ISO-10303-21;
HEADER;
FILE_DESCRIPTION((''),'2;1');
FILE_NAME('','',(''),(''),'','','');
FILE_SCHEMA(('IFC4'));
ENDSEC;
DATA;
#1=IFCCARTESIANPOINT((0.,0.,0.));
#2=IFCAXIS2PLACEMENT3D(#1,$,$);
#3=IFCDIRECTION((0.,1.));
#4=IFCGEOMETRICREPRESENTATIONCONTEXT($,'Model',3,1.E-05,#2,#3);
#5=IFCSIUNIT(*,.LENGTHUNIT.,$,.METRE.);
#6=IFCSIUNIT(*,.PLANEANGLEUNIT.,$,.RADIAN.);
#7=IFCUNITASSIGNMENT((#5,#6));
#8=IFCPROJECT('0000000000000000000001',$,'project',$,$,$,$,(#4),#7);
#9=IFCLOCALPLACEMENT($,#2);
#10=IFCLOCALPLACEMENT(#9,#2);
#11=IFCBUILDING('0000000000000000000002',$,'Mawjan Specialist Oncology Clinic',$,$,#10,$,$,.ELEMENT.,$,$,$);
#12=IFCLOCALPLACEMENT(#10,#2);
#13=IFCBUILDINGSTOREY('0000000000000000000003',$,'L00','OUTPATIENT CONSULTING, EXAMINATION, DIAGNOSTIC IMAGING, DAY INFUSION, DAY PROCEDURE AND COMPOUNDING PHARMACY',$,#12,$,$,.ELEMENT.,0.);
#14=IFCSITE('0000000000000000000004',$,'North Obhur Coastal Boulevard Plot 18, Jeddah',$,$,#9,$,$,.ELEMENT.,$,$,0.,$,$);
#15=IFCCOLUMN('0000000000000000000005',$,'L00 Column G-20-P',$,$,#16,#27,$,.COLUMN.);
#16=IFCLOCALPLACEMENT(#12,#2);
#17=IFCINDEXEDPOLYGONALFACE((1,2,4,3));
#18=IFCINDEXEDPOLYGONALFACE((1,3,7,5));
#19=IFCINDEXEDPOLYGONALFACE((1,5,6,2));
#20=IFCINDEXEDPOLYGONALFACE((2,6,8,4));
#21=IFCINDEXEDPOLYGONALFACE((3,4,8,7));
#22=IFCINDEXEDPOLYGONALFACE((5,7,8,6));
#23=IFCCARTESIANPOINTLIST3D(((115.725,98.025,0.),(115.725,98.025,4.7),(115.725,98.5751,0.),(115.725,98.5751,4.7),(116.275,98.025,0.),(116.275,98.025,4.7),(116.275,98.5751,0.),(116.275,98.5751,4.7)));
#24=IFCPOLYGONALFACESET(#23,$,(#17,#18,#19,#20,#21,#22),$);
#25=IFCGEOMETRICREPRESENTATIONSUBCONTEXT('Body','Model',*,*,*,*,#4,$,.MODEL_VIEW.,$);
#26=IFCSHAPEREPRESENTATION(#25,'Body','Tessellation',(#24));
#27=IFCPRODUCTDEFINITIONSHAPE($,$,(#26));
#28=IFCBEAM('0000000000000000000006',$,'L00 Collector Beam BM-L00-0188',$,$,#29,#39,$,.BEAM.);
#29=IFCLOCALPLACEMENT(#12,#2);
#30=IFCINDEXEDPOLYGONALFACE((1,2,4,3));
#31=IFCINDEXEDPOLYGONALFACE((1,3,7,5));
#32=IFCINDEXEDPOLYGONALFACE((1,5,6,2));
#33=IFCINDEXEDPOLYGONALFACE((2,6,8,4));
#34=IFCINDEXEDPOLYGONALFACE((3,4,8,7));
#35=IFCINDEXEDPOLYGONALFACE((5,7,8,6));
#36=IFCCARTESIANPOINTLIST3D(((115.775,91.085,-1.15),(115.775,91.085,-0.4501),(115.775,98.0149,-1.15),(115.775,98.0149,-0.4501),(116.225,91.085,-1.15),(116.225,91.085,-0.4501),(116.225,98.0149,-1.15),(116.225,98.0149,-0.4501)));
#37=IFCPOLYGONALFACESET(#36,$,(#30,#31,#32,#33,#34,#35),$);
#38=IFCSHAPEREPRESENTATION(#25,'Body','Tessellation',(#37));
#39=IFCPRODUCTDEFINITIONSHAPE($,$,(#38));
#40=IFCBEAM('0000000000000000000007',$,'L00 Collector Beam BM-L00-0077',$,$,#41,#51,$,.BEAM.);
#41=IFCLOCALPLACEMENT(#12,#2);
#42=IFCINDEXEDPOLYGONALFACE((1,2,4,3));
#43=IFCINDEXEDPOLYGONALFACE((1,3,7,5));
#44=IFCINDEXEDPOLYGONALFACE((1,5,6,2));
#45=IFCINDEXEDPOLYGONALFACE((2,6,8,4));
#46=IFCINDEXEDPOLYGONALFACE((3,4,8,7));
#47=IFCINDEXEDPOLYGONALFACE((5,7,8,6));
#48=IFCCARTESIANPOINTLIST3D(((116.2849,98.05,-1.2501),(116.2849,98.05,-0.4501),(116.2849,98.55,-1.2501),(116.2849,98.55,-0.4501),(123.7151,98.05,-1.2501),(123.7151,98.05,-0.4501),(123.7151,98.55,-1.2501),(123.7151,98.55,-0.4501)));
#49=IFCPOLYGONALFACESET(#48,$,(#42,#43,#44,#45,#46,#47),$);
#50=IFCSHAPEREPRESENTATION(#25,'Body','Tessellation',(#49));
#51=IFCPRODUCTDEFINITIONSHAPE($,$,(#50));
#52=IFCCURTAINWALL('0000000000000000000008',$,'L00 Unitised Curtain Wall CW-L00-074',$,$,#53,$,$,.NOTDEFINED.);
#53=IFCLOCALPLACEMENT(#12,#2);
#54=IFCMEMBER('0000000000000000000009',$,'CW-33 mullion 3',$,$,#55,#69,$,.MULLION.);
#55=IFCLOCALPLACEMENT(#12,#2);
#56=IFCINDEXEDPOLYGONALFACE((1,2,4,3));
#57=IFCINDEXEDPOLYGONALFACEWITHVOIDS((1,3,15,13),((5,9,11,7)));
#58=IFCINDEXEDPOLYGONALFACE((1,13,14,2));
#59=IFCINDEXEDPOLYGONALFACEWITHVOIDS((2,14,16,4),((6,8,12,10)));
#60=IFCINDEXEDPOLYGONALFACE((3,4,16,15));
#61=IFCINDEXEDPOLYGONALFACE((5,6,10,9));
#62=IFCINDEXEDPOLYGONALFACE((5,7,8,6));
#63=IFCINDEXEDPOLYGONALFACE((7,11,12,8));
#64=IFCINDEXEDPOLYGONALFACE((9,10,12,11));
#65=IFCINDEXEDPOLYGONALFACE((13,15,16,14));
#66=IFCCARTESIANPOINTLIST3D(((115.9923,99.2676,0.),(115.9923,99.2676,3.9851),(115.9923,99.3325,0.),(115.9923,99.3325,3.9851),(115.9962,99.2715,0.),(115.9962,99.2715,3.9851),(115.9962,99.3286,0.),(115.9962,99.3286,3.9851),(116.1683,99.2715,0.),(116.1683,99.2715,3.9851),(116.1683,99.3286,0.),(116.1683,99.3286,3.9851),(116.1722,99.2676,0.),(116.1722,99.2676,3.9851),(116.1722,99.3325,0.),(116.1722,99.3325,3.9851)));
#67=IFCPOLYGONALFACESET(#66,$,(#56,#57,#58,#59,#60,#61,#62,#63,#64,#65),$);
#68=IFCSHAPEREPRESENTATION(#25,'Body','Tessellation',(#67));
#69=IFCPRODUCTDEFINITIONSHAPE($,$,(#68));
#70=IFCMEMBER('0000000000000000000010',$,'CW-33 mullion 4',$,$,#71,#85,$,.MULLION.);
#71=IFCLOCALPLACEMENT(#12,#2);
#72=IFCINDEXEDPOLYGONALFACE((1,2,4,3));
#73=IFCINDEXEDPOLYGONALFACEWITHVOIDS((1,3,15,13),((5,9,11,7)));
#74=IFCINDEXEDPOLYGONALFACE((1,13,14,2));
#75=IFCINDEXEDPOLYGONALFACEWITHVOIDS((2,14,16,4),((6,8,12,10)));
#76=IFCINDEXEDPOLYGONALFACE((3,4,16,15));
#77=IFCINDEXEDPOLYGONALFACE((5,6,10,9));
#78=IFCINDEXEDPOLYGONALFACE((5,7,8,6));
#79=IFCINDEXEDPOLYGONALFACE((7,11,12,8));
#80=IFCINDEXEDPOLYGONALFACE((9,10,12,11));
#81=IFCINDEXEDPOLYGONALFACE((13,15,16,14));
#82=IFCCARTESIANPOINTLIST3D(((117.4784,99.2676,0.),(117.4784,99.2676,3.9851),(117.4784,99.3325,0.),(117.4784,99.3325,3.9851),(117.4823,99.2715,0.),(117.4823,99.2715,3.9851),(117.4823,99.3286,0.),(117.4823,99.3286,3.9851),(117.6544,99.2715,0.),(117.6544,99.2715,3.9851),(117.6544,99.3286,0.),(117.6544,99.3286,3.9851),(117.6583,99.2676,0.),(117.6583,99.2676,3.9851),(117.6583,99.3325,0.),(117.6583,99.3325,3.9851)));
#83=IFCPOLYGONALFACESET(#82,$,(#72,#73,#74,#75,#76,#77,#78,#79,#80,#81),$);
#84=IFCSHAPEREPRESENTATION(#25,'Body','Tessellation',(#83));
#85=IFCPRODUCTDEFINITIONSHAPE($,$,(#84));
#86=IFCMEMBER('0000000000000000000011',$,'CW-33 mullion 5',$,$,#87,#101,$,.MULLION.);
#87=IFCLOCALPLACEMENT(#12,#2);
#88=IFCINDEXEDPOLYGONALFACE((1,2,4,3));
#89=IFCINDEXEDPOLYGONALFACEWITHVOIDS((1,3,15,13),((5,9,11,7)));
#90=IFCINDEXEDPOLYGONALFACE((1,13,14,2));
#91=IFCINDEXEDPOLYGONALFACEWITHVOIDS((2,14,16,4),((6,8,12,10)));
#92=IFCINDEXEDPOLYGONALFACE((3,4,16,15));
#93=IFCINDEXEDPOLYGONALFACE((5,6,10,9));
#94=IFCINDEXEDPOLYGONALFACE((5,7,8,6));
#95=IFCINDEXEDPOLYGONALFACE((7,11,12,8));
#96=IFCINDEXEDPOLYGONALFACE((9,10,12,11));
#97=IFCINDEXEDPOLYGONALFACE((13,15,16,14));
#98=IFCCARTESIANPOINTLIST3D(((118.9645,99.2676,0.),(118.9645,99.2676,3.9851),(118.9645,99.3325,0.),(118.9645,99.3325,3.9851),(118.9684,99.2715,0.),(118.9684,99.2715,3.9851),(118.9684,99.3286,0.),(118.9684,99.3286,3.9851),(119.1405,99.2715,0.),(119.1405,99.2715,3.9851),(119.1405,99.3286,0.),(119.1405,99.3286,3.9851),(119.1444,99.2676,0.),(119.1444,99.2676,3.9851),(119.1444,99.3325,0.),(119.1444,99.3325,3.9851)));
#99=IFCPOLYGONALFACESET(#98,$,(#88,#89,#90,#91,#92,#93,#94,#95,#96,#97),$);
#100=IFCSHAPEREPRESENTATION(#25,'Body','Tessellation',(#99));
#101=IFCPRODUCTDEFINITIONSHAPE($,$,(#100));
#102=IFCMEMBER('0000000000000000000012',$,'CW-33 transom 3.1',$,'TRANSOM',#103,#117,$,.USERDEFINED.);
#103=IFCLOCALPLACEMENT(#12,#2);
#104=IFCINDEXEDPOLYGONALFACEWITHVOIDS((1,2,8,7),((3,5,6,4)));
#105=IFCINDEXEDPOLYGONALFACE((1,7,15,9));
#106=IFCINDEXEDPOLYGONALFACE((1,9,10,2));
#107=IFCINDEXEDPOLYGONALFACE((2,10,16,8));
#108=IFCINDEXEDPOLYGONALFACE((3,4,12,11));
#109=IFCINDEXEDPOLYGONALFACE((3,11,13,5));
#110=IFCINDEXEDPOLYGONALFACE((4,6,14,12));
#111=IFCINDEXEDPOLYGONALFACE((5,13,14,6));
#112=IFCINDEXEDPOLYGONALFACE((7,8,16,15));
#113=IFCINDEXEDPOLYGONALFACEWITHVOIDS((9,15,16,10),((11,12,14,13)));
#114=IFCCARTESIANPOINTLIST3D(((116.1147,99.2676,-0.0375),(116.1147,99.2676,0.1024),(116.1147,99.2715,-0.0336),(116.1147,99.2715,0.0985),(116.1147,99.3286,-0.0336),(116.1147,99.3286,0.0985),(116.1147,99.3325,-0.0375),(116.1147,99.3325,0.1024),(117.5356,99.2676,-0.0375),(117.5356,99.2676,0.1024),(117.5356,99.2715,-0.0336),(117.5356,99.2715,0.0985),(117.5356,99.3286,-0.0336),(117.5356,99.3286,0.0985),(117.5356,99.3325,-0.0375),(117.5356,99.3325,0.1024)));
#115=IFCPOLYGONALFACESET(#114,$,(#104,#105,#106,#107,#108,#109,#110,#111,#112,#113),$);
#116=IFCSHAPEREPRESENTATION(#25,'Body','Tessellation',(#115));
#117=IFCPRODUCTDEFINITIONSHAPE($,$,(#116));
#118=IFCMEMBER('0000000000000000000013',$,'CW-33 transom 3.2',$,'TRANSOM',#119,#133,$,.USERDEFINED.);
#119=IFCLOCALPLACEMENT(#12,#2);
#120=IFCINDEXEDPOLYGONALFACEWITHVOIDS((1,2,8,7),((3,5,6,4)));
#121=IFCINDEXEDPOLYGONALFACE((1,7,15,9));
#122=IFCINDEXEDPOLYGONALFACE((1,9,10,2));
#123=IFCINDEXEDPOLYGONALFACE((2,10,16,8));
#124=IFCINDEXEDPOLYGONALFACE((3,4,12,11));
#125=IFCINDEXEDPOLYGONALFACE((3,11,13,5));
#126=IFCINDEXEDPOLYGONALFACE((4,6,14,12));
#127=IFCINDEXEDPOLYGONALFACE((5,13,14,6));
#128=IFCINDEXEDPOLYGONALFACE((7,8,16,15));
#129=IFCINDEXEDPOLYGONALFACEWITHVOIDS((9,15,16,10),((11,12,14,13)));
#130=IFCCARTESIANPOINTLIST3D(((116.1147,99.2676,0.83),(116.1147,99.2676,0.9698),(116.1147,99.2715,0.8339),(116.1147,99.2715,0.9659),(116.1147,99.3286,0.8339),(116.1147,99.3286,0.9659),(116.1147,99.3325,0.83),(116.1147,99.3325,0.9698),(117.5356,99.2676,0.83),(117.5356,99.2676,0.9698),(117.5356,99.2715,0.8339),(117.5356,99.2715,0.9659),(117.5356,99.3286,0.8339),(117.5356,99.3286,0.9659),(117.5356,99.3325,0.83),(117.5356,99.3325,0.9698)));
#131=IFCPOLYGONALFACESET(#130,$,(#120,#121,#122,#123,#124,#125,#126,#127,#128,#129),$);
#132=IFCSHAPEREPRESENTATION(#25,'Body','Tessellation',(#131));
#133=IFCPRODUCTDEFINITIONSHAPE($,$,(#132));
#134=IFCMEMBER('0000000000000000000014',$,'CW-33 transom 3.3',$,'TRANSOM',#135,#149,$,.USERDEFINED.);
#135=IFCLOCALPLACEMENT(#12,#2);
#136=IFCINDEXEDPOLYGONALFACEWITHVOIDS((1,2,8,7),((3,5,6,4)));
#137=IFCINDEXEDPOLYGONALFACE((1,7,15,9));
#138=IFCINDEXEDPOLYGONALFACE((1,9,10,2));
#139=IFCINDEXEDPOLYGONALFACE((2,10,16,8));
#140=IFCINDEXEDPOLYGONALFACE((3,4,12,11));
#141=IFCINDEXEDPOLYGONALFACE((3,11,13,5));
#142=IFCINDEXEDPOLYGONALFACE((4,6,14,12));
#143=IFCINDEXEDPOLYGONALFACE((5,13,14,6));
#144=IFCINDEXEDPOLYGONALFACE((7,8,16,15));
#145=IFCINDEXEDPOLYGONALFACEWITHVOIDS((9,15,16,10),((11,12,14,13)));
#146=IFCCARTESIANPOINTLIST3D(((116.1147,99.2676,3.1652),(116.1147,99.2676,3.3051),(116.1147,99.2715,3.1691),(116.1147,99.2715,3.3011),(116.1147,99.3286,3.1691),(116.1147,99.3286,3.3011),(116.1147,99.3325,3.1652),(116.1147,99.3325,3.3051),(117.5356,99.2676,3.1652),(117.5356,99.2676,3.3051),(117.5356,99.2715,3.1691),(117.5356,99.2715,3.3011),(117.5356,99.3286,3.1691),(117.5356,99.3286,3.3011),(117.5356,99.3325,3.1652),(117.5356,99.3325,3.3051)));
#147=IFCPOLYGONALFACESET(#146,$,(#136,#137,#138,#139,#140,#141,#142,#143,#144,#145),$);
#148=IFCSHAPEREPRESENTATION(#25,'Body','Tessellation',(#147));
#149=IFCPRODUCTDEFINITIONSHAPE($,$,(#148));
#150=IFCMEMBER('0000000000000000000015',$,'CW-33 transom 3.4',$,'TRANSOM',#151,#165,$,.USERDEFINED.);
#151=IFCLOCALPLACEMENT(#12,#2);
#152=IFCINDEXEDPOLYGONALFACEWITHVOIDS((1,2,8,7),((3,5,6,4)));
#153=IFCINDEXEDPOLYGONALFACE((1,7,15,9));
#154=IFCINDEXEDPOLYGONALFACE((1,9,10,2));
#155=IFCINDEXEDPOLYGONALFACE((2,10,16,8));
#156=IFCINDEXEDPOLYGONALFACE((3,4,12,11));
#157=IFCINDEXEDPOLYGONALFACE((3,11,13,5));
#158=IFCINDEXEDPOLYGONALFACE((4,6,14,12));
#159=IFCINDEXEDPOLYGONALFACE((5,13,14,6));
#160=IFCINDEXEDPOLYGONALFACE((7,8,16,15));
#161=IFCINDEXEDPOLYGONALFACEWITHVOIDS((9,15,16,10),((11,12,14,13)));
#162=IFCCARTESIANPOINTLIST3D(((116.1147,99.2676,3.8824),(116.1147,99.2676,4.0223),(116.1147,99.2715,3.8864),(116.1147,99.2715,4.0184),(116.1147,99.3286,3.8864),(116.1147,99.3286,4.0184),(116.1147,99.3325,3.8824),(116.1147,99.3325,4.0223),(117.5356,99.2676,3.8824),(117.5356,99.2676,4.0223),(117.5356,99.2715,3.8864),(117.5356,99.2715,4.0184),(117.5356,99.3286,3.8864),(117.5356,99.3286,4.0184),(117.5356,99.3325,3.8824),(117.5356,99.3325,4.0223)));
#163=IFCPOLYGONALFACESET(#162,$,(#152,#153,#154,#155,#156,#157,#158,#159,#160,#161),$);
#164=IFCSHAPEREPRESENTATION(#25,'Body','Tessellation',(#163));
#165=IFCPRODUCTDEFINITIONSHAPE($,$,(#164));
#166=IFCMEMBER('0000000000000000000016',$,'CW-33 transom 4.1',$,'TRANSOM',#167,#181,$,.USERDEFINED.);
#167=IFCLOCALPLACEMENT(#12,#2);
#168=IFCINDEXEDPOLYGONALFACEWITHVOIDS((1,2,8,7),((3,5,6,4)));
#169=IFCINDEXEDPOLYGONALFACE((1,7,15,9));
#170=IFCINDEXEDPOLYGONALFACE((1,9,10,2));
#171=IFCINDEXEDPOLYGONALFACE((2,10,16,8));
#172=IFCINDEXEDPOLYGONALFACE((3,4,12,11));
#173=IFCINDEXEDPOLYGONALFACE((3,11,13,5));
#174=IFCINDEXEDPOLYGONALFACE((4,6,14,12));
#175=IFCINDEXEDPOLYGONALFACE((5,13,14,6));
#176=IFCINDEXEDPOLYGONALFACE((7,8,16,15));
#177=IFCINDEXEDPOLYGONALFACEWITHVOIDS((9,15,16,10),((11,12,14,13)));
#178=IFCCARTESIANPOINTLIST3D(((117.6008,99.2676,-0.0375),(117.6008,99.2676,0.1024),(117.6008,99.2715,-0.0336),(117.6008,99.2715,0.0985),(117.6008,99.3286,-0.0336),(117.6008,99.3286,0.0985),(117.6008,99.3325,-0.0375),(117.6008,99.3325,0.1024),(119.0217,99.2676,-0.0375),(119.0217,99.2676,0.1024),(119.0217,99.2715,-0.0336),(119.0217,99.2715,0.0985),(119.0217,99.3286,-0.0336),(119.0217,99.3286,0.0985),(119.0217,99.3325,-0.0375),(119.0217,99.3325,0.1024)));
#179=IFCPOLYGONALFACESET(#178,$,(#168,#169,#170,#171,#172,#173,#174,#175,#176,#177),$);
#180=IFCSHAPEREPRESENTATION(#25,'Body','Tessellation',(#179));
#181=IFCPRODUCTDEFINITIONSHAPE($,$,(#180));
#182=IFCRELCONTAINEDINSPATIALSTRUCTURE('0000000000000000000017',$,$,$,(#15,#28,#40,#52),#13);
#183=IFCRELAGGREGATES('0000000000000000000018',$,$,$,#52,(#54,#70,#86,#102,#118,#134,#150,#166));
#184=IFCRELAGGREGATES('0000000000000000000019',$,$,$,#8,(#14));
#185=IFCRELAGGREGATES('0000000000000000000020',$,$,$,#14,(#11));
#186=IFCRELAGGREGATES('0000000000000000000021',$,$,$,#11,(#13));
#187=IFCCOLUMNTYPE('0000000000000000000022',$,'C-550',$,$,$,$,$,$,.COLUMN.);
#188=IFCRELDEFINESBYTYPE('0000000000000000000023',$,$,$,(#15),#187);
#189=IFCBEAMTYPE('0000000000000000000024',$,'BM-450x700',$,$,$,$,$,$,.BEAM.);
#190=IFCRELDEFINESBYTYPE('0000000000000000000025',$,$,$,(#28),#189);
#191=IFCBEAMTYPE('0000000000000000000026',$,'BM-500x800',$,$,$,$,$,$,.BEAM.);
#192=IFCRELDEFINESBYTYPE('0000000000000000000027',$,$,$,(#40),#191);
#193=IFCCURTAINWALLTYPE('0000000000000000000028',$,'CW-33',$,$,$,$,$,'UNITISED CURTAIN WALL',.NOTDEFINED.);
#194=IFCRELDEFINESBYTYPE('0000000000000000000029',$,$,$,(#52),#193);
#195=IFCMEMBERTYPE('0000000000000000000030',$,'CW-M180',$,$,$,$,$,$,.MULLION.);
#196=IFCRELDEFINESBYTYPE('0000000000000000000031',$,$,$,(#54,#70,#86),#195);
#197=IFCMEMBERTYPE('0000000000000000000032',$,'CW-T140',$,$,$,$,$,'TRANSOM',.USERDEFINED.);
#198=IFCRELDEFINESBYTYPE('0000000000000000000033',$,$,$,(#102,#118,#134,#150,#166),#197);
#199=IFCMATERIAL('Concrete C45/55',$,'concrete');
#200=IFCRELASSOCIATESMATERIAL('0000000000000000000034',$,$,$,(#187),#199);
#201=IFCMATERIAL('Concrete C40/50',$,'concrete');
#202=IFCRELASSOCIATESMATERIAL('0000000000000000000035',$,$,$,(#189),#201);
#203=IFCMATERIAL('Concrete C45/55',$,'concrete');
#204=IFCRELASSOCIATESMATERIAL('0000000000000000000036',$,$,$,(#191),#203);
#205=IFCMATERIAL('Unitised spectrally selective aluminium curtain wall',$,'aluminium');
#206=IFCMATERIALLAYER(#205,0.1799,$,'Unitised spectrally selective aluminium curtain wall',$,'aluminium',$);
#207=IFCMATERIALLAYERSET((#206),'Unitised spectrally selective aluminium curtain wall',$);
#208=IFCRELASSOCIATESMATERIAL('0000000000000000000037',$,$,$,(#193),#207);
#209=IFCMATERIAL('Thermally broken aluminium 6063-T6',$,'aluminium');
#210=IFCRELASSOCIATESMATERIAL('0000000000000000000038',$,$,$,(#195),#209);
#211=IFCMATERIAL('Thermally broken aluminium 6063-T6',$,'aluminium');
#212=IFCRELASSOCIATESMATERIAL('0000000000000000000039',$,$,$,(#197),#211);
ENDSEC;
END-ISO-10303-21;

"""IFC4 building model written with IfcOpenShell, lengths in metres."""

from ifc_helpers import new_model, si_unit, direction, frame, origin, origin_2d, place, context, subcontext, project, spatial, rectangle, hollow_rectangle, extrude, material, layer, layer_set, material_profile, profile_set, type_object, element, aggregate, save


model = new_model("IFC4")

# Units and contexts
model_context = context("Model", 3, precision=1e-05, world=origin(), true_north=direction((0.0, 1.0)))
body_context = subcontext(model_context, "Body", "Model", "MODEL_VIEW")
ifc_project = project(units=[si_unit("LENGTHUNIT", "METRE"), si_unit("PLANEANGLEUNIT", "RADIAN")], contexts=[model_context])

# Site, building, storey
site_placement = place(None, origin())
site = spatial("IfcSite", under=ifc_project, at=site_placement, Name="North Obhur Coastal Boulevard Plot 18, Jeddah", CompositionType="ELEMENT", RefElevation=0.0)
building_placement = place(site_placement, origin())
building = spatial("IfcBuilding", under=site, at=building_placement, Name="Mawjan Specialist Oncology Clinic", CompositionType="ELEMENT")
storey_placement = place(building_placement, origin())
storey = spatial("IfcBuildingStorey", under=building, at=storey_placement, Name="L00", Description="OUTPATIENT CONSULTING, EXAMINATION, DIAGNOSTIC IMAGING, DAY INFUSION, DAY PROCEDURE AND COMPOUNDING PHARMACY", CompositionType="ELEMENT", Elevation=0.0)

# Column
ifc_material_1 = material(Name="Concrete C45/55", Category="concrete")
ifc_material_profile_1 = material_profile(ifc_material_1, rectangle(XDim=0.55, YDim=0.55, at=origin_2d()), Name="RC COL 550x550", Category="concrete")
ifc_profile_set_1 = profile_set([ifc_material_profile_1], Name="Concrete C45/55")
column_type = type_object("IfcColumnType", Name="C-550", PredefinedType="COLUMN", material=ifc_profile_set_1)
column_placement = place(storey_placement, frame((116.0, 98.3, 0.0), z_axis=(0.0, 0.0, 1.0), x_axis=(1.0, 0.0, 0.0)))
element("IfcColumn", 1, at=column_placement, inside=storey, type_object=column_type, Name="L00 Column G-20-P", PredefinedType="COLUMN", context=body_context, shape_type="SweptSolid", body=[
    extrude(rectangle(XDim=0.55, YDim=0.55, at=origin_2d()), origin(), (0.0, 0.0, 1.0), 4.7),
])

# Beams
ifc_material_2 = material(Name="Concrete C40/50", Category="concrete")
ifc_material_profile_2 = material_profile(ifc_material_2, rectangle(XDim=0.45, YDim=0.7, at=origin_2d()), Name="RC BM 450x700", Category="concrete")
ifc_profile_set_2 = profile_set([ifc_material_profile_2], Name="Concrete C40/50")
beam_type_1 = type_object("IfcBeamType", Name="BM-450x700", PredefinedType="BEAM", material=ifc_profile_set_2)
beam_1_placement = place(storey_placement, frame((116.0, 91.085, -0.8), z_axis=(0.0, 1.0, 0.0), x_axis=(-1.0, 0.0, 0.0)))
element("IfcBeam", 2, at=beam_1_placement, inside=storey, type_object=beam_type_1, Name="L00 Collector Beam BM-L00-0188", PredefinedType="BEAM", context=body_context, shape_type="SweptSolid", body=[
    extrude(rectangle(XDim=0.45, YDim=0.7, at=origin_2d()), origin(), (0.0, 0.0, 1.0), 6.9299),
])
ifc_material_3 = material(Name="Concrete C45/55", Category="concrete")
ifc_material_profile_3 = material_profile(ifc_material_3, rectangle(XDim=0.5, YDim=0.8, at=origin_2d()), Name="RC BM 500x800", Category="concrete")
ifc_profile_set_3 = profile_set([ifc_material_profile_3], Name="Concrete C45/55")
beam_type_2 = type_object("IfcBeamType", Name="BM-500x800", PredefinedType="BEAM", material=ifc_profile_set_3)
beam_2_placement = place(storey_placement, frame((116.2849, 98.3, -0.8501), z_axis=(1.0, 0.0, 0.0), x_axis=(0.0, 1.0, 0.0)))
element("IfcBeam", 3, at=beam_2_placement, inside=storey, type_object=beam_type_2, Name="L00 Collector Beam BM-L00-0077", PredefinedType="BEAM", context=body_context, shape_type="SweptSolid", body=[
    extrude(rectangle(XDim=0.5, YDim=0.8, at=origin_2d()), origin(), (0.0, 0.0, 1.0), 7.4302),
])

# Curtain wall, members
ifc_material_4 = material(Name="Unitised spectrally selective aluminium curtain wall", Category="aluminium")
ifc_layer_1 = layer(ifc_material_4, 0.1799, Name="Unitised spectrally selective aluminium curtain wall", Category="aluminium")
ifc_layer_set_1 = layer_set([ifc_layer_1], Name="Unitised spectrally selective aluminium curtain wall")
curtain_wall_type = type_object("IfcCurtainWallType", Name="CW-33", ElementType="UNITISED CURTAIN WALL", PredefinedType="NOTDEFINED", material=ifc_layer_set_1)
curtain_wall_placement = place(storey_placement, origin())
curtain_wall = element("IfcCurtainWall", 4, at=curtain_wall_placement, inside=storey, type_object=curtain_wall_type, Name="L00 Unitised Curtain Wall CW-L00-074", PredefinedType="NOTDEFINED")
ifc_material_5 = material(Name="Thermally broken aluminium 6063-T6", Category="aluminium")
ifc_material_profile_4 = material_profile(ifc_material_5, hollow_rectangle(XDim=0.0649, YDim=0.1799, WallThickness=0.0039, at=origin_2d()), Name="ALU MULLION 180x65x4", Category="aluminium")
ifc_profile_set_4 = profile_set([ifc_material_profile_4], Name="Thermally broken aluminium 6063-T6")
member_type_1 = type_object("IfcMemberType", Name="CW-M180", PredefinedType="MULLION", material=ifc_profile_set_4)
member_1_placement = place(storey_placement, frame((116.0823, 99.3, 0.0), z_axis=(0.0, 0.0, 1.0), x_axis=(0.0, 1.0, 0.0)))
member_1 = element("IfcMember", 5, at=member_1_placement, type_object=member_type_1, Name="CW-33 mullion 3", PredefinedType="MULLION", context=body_context, shape_type="SweptSolid", body=[
    extrude(hollow_rectangle(XDim=0.0649, YDim=0.1799, WallThickness=0.0039, at=origin_2d()), origin(), (0.0, 0.0, 1.0), 3.9851),
])
member_2_placement = place(storey_placement, frame((117.5684, 99.3, 0.0), z_axis=(0.0, 0.0, 1.0), x_axis=(0.0, 1.0, 0.0)))
member_2 = element("IfcMember", 6, at=member_2_placement, type_object=member_type_1, Name="CW-33 mullion 4", PredefinedType="MULLION", context=body_context, shape_type="SweptSolid", body=[
    extrude(hollow_rectangle(XDim=0.0649, YDim=0.1799, WallThickness=0.0039, at=origin_2d()), origin(), (0.0, 0.0, 1.0), 3.9851),
])
member_3_placement = place(storey_placement, frame((119.0544, 99.3, 0.0), z_axis=(0.0, 0.0, 1.0), x_axis=(0.0, 1.0, 0.0)))
member_3 = element("IfcMember", 7, at=member_3_placement, type_object=member_type_1, Name="CW-33 mullion 5", PredefinedType="MULLION", context=body_context, shape_type="SweptSolid", body=[
    extrude(hollow_rectangle(XDim=0.0649, YDim=0.1799, WallThickness=0.0039, at=origin_2d()), origin(), (0.0, 0.0, 1.0), 3.9851),
])
ifc_material_6 = material(Name="Thermally broken aluminium 6063-T6", Category="aluminium")
ifc_material_profile_5 = material_profile(ifc_material_6, hollow_rectangle(XDim=0.0649, YDim=0.1399, WallThickness=0.0039, at=origin_2d()), Name="ALU TRANSOM 140x65x4", Category="aluminium")
ifc_profile_set_5 = profile_set([ifc_material_profile_5], Name="Thermally broken aluminium 6063-T6")
member_type_2 = type_object("IfcMemberType", Name="CW-T140", ElementType="TRANSOM", PredefinedType="USERDEFINED", material=ifc_profile_set_5)
member_4_placement = place(storey_placement, frame((116.1147, 99.3, 0.0325), z_axis=(1.0, 0.0, 0.0), x_axis=(0.0, 1.0, 0.0)))
member_4 = element("IfcMember", 8, at=member_4_placement, type_object=member_type_2, Name="CW-33 transom 3.1", ObjectType="TRANSOM", PredefinedType="USERDEFINED", context=body_context, shape_type="SweptSolid", body=[
    extrude(hollow_rectangle(XDim=0.0649, YDim=0.1399, WallThickness=0.0039, at=origin_2d()), origin(), (0.0, 0.0, 1.0), 1.4209),
])
member_5_placement = place(storey_placement, frame((116.1147, 99.3, 0.8999), z_axis=(1.0, 0.0, 0.0), x_axis=(0.0, 1.0, 0.0)))
member_5 = element("IfcMember", 9, at=member_5_placement, type_object=member_type_2, Name="CW-33 transom 3.2", ObjectType="TRANSOM", PredefinedType="USERDEFINED", context=body_context, shape_type="SweptSolid", body=[
    extrude(hollow_rectangle(XDim=0.0649, YDim=0.1399, WallThickness=0.0039, at=origin_2d()), origin(), (0.0, 0.0, 1.0), 1.4209),
])
member_6_placement = place(storey_placement, frame((116.1147, 99.3, 3.2351), z_axis=(1.0, 0.0, 0.0), x_axis=(0.0, 1.0, 0.0)))
member_6 = element("IfcMember", 10, at=member_6_placement, type_object=member_type_2, Name="CW-33 transom 3.3", ObjectType="TRANSOM", PredefinedType="USERDEFINED", context=body_context, shape_type="SweptSolid", body=[
    extrude(hollow_rectangle(XDim=0.0649, YDim=0.1399, WallThickness=0.0039, at=origin_2d()), origin(), (0.0, 0.0, 1.0), 1.4209),
])
member_7_placement = place(storey_placement, frame((116.1147, 99.3, 3.9524), z_axis=(1.0, 0.0, 0.0), x_axis=(0.0, 1.0, 0.0)))
member_7 = element("IfcMember", 11, at=member_7_placement, type_object=member_type_2, Name="CW-33 transom 3.4", ObjectType="TRANSOM", PredefinedType="USERDEFINED", context=body_context, shape_type="SweptSolid", body=[
    extrude(hollow_rectangle(XDim=0.0649, YDim=0.1399, WallThickness=0.0039, at=origin_2d()), origin(), (0.0, 0.0, 1.0), 1.4209),
])
member_8_placement = place(storey_placement, frame((117.6008, 99.3, 0.0325), z_axis=(1.0, 0.0, 0.0), x_axis=(0.0, 1.0, 0.0)))
member_8 = element("IfcMember", 12, at=member_8_placement, type_object=member_type_2, Name="CW-33 transom 4.1", ObjectType="TRANSOM", PredefinedType="USERDEFINED", context=body_context, shape_type="SweptSolid", body=[
    extrude(hollow_rectangle(XDim=0.0649, YDim=0.1399, WallThickness=0.0039, at=origin_2d()), origin(), (0.0, 0.0, 1.0), 1.4209),
])
aggregate(curtain_wall, [member_1, member_2, member_3, member_4, member_5, member_6, member_7, member_8])

save(model, "model.ifc")
